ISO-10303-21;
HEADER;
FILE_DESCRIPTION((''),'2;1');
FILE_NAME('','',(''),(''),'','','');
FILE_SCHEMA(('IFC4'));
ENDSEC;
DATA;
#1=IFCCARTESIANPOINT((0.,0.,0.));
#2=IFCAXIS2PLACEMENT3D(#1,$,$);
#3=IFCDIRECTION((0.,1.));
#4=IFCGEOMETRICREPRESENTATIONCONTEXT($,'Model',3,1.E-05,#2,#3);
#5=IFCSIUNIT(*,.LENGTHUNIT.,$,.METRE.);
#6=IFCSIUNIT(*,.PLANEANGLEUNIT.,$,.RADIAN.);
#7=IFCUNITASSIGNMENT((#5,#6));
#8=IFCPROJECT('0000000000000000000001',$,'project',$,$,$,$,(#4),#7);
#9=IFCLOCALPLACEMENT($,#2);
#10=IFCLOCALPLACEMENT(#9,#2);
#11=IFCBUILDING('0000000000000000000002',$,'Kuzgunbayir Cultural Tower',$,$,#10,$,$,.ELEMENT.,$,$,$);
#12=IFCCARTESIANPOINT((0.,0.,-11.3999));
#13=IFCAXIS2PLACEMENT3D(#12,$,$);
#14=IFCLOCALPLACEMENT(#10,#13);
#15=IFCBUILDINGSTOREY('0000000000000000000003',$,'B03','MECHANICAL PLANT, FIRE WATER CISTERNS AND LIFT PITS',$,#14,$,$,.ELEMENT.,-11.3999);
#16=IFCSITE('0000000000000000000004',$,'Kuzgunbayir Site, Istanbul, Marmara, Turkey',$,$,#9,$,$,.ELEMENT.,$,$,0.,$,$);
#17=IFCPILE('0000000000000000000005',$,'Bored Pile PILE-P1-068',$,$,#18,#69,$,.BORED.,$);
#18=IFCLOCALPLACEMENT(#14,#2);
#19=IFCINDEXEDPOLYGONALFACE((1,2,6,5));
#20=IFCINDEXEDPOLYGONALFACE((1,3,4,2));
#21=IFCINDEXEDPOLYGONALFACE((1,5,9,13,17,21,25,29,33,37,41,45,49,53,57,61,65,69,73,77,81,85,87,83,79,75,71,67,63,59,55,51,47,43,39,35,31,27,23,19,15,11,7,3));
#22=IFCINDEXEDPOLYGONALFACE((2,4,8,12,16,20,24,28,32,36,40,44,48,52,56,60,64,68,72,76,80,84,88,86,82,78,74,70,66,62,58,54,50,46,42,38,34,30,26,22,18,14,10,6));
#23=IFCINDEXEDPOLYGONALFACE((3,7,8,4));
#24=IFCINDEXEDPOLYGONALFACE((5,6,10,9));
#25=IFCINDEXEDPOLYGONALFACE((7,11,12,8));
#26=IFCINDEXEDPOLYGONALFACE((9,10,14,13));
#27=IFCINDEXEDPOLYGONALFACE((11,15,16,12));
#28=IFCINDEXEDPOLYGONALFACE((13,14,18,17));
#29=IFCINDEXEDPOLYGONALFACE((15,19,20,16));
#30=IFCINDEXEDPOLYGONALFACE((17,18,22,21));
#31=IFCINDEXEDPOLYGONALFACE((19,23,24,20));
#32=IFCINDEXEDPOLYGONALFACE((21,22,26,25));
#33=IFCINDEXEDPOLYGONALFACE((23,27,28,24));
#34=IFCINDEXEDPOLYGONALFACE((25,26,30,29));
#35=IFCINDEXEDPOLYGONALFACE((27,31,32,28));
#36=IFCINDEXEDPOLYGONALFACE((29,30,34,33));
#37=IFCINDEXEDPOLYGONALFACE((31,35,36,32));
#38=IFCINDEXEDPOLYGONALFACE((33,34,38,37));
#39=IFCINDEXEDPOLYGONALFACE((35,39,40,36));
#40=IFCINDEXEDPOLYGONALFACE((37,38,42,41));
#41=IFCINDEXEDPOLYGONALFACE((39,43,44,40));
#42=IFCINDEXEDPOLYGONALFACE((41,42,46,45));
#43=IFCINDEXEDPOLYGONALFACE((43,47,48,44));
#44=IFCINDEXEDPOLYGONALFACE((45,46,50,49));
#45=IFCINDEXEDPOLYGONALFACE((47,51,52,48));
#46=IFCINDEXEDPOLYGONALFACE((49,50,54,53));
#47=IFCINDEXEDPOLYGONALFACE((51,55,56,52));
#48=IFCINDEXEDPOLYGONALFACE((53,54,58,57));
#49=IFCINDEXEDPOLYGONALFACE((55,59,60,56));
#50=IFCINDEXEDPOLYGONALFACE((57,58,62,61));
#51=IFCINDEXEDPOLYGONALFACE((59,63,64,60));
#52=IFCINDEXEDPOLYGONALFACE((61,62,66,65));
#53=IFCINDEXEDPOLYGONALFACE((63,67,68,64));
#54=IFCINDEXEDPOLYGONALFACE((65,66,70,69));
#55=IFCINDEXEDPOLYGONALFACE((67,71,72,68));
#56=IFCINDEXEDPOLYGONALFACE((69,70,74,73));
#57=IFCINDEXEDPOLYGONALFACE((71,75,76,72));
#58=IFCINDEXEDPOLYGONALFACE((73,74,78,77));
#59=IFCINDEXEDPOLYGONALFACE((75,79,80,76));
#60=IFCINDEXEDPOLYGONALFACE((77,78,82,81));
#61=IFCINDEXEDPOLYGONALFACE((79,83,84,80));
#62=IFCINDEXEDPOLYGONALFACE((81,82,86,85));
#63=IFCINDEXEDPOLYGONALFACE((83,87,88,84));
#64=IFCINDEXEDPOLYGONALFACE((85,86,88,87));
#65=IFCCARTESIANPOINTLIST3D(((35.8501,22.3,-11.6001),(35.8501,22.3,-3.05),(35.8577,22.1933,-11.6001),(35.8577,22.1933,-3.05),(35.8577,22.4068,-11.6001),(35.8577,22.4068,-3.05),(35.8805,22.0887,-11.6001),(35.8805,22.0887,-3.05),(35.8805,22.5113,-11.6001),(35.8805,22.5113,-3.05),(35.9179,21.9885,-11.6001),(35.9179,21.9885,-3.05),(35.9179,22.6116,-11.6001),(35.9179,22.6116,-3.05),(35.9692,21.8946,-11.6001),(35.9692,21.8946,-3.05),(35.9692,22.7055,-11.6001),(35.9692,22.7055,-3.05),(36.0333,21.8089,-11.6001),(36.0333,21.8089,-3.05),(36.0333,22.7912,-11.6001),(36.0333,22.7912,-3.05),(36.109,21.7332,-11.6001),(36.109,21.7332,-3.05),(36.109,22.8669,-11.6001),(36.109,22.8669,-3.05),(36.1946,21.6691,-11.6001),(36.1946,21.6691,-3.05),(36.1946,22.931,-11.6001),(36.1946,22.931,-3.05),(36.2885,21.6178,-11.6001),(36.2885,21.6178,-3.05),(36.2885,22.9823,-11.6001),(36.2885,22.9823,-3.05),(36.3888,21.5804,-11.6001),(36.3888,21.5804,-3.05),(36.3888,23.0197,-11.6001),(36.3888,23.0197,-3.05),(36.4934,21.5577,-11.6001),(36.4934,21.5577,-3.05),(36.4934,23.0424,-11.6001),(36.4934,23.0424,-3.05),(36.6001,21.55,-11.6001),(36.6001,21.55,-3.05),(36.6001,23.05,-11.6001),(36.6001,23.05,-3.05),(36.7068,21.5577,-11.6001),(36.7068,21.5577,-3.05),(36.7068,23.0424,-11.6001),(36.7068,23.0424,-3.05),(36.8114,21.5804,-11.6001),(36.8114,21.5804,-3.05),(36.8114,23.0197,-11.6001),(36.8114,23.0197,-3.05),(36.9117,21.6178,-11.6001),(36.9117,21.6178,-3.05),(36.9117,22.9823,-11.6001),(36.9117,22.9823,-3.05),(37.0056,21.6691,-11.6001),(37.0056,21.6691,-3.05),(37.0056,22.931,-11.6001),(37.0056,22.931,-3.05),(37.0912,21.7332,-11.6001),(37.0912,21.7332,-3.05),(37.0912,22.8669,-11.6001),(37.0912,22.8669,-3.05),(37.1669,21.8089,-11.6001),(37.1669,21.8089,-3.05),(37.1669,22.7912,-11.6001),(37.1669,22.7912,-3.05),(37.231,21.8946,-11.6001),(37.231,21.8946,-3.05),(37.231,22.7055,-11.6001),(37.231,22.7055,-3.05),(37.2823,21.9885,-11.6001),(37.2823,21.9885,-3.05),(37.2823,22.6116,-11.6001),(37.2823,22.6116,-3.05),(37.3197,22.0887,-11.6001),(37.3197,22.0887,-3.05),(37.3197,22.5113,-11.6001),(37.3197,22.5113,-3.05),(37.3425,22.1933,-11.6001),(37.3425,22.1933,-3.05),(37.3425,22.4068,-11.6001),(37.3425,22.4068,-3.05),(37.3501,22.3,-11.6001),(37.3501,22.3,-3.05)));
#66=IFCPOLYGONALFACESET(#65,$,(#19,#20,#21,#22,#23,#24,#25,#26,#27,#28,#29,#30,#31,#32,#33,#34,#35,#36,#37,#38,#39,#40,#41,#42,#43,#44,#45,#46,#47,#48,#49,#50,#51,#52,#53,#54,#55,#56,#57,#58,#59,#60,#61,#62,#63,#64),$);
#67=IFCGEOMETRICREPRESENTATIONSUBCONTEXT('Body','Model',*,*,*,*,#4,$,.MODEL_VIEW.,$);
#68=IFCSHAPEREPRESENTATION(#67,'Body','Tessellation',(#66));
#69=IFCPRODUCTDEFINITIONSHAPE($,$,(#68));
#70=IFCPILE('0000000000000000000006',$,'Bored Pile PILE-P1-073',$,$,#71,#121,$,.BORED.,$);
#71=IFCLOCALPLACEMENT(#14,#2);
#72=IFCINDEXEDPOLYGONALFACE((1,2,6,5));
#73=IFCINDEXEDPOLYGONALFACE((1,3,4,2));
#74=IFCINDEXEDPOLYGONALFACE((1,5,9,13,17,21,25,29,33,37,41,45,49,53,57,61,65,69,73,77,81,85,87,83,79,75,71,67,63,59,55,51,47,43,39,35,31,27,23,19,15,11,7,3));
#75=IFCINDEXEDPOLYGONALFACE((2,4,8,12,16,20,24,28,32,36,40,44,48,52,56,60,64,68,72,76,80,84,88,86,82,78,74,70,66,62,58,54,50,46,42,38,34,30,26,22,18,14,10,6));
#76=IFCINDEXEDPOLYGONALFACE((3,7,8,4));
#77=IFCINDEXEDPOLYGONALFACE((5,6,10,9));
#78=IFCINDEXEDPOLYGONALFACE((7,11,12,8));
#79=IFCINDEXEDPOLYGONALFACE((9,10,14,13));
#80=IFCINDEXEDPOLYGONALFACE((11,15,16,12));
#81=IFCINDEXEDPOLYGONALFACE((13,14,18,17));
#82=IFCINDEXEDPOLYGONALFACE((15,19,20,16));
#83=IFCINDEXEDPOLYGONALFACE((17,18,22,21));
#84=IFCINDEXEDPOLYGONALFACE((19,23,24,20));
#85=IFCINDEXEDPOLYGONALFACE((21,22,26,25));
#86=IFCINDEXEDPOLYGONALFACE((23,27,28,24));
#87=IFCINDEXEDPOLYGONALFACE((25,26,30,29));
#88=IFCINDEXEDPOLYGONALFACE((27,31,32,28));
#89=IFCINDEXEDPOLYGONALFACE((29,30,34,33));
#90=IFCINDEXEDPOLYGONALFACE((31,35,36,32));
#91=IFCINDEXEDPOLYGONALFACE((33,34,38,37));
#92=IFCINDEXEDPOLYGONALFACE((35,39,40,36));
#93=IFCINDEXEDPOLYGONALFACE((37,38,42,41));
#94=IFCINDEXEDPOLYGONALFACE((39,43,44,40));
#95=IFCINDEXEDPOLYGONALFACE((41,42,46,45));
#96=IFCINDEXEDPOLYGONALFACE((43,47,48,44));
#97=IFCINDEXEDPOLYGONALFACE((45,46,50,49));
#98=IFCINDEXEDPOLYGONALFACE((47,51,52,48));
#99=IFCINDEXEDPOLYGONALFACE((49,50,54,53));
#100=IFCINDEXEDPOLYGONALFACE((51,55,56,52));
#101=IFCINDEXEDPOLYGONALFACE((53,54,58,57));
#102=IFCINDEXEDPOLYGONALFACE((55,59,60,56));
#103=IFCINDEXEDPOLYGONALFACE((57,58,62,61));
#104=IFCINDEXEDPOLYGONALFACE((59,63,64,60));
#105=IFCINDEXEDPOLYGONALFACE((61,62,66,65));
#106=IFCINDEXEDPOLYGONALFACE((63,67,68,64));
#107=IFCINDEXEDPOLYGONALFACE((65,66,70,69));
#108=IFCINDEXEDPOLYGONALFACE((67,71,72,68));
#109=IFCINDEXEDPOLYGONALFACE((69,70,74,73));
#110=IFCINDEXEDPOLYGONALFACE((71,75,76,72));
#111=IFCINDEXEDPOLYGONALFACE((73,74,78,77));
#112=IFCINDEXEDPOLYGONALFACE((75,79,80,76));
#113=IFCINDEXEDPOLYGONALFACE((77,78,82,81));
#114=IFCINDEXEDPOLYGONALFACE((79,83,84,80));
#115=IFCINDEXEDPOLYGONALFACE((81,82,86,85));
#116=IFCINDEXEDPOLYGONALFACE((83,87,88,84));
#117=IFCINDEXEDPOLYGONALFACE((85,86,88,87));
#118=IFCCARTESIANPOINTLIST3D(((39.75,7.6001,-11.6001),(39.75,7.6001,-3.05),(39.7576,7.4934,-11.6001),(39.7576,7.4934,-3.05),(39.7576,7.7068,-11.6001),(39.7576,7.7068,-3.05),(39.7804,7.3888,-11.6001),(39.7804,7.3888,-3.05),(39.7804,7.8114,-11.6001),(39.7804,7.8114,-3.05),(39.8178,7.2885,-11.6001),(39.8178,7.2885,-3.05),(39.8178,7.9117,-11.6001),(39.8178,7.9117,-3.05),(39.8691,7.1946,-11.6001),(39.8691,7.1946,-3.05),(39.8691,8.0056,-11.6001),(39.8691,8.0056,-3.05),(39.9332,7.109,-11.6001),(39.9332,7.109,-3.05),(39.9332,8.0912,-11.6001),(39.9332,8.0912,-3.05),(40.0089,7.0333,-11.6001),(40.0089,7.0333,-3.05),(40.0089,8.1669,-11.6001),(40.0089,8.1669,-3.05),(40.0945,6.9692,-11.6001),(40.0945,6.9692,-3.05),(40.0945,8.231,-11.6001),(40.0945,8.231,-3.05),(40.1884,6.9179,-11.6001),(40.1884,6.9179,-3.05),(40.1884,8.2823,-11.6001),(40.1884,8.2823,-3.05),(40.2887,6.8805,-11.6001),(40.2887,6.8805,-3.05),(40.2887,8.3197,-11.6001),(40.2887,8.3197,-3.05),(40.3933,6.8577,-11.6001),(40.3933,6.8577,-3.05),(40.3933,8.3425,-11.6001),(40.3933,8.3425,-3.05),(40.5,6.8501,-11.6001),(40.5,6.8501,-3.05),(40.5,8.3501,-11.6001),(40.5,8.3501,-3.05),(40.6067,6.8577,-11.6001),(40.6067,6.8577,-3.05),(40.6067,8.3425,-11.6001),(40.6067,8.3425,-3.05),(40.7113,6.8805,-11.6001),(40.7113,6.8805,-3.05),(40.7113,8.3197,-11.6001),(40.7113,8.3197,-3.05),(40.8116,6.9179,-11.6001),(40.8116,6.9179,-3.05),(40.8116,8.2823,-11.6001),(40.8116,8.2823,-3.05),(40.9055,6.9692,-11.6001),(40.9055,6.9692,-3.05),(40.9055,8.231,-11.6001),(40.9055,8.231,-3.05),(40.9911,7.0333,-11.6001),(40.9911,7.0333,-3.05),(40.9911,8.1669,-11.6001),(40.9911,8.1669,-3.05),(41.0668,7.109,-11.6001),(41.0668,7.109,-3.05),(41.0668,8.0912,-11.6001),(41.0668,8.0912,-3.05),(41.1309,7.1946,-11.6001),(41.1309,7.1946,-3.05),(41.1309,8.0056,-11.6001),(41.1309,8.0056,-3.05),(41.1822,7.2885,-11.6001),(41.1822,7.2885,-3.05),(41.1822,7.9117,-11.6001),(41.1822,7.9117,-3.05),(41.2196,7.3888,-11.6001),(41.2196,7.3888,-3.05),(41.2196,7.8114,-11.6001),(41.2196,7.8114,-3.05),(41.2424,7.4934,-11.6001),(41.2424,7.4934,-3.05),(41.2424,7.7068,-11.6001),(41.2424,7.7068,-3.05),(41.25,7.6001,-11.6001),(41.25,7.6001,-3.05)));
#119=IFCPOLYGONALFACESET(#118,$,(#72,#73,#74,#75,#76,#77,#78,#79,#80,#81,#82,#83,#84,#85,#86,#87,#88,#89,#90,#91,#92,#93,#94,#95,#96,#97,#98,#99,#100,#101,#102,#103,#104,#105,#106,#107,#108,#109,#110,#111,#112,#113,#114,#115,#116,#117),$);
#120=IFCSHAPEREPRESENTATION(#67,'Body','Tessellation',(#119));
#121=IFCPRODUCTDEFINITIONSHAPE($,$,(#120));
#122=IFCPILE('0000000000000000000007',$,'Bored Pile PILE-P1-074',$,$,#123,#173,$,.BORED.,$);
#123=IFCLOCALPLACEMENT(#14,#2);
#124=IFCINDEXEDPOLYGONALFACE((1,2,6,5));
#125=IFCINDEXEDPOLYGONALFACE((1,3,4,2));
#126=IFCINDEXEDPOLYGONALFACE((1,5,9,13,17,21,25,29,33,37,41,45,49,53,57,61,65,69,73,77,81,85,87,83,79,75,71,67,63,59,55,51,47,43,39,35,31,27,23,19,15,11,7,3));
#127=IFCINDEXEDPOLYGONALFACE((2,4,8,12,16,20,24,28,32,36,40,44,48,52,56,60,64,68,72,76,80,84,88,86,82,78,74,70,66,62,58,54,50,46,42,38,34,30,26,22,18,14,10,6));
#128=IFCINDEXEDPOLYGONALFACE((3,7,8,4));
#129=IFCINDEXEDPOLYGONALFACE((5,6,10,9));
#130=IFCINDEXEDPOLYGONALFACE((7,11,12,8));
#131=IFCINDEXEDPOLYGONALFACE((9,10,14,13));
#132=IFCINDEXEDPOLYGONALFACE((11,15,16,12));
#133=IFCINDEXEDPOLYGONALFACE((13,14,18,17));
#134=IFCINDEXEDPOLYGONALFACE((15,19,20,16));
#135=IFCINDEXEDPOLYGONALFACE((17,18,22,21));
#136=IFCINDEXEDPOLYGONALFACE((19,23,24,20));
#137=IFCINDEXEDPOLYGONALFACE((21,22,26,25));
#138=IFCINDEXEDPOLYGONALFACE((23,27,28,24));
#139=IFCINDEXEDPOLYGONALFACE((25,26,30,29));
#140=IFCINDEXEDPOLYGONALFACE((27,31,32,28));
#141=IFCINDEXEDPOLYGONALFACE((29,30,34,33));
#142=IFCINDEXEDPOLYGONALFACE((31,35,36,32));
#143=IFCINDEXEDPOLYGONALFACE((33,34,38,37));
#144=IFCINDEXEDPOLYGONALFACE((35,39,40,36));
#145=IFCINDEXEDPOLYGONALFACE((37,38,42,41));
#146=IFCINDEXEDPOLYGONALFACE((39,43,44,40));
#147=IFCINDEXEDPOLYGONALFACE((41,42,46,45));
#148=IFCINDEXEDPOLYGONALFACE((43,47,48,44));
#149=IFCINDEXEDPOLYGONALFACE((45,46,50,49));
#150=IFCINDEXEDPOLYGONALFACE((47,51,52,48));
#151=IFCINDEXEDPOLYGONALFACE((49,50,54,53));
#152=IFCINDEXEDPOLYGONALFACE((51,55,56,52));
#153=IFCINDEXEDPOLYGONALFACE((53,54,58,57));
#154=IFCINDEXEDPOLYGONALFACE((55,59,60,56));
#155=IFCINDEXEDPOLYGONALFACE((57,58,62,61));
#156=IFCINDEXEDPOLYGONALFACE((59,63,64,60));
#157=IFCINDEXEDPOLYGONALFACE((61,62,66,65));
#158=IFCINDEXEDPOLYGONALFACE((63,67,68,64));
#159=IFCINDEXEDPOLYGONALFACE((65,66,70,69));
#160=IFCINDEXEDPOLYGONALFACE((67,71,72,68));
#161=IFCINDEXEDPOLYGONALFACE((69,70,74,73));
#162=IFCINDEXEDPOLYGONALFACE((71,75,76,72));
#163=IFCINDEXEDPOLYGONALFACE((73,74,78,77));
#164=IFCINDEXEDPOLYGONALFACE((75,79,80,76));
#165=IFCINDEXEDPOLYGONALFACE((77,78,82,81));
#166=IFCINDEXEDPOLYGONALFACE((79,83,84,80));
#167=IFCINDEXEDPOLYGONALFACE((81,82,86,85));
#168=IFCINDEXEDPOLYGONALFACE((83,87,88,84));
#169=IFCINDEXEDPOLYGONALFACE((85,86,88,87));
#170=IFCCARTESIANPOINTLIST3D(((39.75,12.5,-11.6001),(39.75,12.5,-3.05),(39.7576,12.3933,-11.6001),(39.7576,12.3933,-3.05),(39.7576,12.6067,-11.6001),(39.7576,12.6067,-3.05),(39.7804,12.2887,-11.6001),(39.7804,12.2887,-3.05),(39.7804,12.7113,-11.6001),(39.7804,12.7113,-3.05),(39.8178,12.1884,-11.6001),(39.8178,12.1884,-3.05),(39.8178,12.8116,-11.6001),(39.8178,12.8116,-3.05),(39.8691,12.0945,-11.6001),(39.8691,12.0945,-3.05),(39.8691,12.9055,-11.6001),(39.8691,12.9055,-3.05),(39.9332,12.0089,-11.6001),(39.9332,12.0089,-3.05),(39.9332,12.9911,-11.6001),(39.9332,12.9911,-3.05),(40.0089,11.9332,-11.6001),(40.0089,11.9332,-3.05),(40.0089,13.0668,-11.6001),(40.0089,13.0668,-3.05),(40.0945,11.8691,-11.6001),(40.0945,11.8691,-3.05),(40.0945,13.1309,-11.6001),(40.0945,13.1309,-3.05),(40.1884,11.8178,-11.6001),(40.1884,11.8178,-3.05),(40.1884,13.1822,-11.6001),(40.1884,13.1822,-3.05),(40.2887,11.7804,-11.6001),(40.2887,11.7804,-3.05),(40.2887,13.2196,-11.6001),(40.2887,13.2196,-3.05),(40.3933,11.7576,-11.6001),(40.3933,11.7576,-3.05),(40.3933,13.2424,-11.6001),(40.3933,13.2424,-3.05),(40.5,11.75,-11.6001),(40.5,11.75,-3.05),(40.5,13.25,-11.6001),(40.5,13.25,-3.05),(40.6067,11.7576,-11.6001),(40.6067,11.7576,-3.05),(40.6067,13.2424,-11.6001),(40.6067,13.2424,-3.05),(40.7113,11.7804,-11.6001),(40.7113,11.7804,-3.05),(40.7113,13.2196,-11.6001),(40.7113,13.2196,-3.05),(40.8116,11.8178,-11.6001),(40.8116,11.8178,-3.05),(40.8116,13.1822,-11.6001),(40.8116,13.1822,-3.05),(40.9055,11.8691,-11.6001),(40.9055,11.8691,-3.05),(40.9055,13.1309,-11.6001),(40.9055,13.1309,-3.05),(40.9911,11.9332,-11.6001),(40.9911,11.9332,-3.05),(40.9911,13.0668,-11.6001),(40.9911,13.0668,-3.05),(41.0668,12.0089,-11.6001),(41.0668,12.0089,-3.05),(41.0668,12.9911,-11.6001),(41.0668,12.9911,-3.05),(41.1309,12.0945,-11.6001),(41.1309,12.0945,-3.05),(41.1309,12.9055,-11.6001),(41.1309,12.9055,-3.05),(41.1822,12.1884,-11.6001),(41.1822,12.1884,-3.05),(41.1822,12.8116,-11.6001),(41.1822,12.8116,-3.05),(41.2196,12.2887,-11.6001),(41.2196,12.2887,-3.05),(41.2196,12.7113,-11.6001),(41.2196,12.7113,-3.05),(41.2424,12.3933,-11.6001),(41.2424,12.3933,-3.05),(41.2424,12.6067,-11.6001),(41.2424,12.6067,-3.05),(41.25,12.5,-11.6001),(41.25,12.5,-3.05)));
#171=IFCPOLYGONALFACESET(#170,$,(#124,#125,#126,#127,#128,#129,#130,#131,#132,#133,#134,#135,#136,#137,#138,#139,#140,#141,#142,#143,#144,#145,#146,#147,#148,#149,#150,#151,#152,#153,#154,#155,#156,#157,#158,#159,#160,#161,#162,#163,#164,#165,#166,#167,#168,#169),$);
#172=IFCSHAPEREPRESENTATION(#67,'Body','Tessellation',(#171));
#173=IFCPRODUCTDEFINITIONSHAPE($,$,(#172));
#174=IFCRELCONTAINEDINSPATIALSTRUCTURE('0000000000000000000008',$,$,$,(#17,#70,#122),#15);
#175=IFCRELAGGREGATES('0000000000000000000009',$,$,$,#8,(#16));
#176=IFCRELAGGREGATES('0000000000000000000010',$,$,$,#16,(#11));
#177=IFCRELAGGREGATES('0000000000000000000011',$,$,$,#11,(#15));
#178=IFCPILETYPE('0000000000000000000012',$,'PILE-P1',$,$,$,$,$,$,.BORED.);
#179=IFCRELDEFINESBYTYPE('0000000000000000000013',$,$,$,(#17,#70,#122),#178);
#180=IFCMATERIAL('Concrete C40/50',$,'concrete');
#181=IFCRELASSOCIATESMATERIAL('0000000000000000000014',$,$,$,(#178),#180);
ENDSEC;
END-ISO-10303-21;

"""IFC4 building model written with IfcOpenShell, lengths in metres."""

from ifc_helpers import new_model, si_unit, direction, frame, origin, origin_2d, place, context, subcontext, project, spatial, circle, extrude, material, material_profile, profile_set, type_object, element, save


model = new_model("IFC4")

# Units and contexts
model_context = context("Model", 3, precision=1e-05, world=origin(), true_north=direction((0.0, 1.0)))
body_context = subcontext(model_context, "Body", "Model", "MODEL_VIEW")
ifc_project = project(units=[si_unit("LENGTHUNIT", "METRE"), si_unit("PLANEANGLEUNIT", "RADIAN")], contexts=[model_context])

# Site, building, storey
site_placement = place(None, origin())
site = spatial("IfcSite", under=ifc_project, at=site_placement, Name="Kuzgunbayir Site, Istanbul, Marmara, Turkey", CompositionType="ELEMENT", RefElevation=0.0)
building_placement = place(site_placement, origin())
building = spatial("IfcBuilding", under=site, at=building_placement, Name="Kuzgunbayir Cultural Tower", CompositionType="ELEMENT")
storey_placement = place(building_placement, frame((0.0, 0.0, -11.3999)))
storey = spatial("IfcBuildingStorey", under=building, at=storey_placement, Name="B03", Description="MECHANICAL PLANT, FIRE WATER CISTERNS AND LIFT PITS", CompositionType="ELEMENT", Elevation=-11.3999)

# Piles
ifc_material_1 = material(Name="Concrete C40/50", Category="concrete")
ifc_material_profile_1 = material_profile(ifc_material_1, circle(Radius=0.75, at=origin_2d()), Name="BORED PILE 1500")
ifc_profile_set_1 = profile_set([ifc_material_profile_1], Name="Concrete C40/50")
pile_type_1 = type_object("IfcPileType", Name="PILE-P1", PredefinedType="BORED", material=ifc_profile_set_1)
for number, where, z_axis, x_axis, name in (
    (1, (36.6001, 22.3, -3.05), (0.0, 0.0, -1.0), (1.0, 0.0, 0.0), "Bored Pile PILE-P1-068"),
    (2, (40.5, 7.6001, -3.05), (0.0, 0.0, -1.0), (1.0, 0.0, 0.0), "Bored Pile PILE-P1-073"),
    (3, (40.5, 12.5, -3.05), (0.0, 0.0, -1.0), (1.0, 0.0, 0.0), "Bored Pile PILE-P1-074"),
):
    element("IfcPile", number, at=place(storey_placement, frame(where, z_axis=z_axis, x_axis=x_axis)), inside=storey, type_object=pile_type_1, Name=name, PredefinedType="BORED", context=body_context, shape_type="SweptSolid", body=[
        extrude(circle(Radius=0.75, at=origin_2d()), origin(), (0.0, 0.0, 1.0), 8.55),
    ])

save(model, "model.ifc")
